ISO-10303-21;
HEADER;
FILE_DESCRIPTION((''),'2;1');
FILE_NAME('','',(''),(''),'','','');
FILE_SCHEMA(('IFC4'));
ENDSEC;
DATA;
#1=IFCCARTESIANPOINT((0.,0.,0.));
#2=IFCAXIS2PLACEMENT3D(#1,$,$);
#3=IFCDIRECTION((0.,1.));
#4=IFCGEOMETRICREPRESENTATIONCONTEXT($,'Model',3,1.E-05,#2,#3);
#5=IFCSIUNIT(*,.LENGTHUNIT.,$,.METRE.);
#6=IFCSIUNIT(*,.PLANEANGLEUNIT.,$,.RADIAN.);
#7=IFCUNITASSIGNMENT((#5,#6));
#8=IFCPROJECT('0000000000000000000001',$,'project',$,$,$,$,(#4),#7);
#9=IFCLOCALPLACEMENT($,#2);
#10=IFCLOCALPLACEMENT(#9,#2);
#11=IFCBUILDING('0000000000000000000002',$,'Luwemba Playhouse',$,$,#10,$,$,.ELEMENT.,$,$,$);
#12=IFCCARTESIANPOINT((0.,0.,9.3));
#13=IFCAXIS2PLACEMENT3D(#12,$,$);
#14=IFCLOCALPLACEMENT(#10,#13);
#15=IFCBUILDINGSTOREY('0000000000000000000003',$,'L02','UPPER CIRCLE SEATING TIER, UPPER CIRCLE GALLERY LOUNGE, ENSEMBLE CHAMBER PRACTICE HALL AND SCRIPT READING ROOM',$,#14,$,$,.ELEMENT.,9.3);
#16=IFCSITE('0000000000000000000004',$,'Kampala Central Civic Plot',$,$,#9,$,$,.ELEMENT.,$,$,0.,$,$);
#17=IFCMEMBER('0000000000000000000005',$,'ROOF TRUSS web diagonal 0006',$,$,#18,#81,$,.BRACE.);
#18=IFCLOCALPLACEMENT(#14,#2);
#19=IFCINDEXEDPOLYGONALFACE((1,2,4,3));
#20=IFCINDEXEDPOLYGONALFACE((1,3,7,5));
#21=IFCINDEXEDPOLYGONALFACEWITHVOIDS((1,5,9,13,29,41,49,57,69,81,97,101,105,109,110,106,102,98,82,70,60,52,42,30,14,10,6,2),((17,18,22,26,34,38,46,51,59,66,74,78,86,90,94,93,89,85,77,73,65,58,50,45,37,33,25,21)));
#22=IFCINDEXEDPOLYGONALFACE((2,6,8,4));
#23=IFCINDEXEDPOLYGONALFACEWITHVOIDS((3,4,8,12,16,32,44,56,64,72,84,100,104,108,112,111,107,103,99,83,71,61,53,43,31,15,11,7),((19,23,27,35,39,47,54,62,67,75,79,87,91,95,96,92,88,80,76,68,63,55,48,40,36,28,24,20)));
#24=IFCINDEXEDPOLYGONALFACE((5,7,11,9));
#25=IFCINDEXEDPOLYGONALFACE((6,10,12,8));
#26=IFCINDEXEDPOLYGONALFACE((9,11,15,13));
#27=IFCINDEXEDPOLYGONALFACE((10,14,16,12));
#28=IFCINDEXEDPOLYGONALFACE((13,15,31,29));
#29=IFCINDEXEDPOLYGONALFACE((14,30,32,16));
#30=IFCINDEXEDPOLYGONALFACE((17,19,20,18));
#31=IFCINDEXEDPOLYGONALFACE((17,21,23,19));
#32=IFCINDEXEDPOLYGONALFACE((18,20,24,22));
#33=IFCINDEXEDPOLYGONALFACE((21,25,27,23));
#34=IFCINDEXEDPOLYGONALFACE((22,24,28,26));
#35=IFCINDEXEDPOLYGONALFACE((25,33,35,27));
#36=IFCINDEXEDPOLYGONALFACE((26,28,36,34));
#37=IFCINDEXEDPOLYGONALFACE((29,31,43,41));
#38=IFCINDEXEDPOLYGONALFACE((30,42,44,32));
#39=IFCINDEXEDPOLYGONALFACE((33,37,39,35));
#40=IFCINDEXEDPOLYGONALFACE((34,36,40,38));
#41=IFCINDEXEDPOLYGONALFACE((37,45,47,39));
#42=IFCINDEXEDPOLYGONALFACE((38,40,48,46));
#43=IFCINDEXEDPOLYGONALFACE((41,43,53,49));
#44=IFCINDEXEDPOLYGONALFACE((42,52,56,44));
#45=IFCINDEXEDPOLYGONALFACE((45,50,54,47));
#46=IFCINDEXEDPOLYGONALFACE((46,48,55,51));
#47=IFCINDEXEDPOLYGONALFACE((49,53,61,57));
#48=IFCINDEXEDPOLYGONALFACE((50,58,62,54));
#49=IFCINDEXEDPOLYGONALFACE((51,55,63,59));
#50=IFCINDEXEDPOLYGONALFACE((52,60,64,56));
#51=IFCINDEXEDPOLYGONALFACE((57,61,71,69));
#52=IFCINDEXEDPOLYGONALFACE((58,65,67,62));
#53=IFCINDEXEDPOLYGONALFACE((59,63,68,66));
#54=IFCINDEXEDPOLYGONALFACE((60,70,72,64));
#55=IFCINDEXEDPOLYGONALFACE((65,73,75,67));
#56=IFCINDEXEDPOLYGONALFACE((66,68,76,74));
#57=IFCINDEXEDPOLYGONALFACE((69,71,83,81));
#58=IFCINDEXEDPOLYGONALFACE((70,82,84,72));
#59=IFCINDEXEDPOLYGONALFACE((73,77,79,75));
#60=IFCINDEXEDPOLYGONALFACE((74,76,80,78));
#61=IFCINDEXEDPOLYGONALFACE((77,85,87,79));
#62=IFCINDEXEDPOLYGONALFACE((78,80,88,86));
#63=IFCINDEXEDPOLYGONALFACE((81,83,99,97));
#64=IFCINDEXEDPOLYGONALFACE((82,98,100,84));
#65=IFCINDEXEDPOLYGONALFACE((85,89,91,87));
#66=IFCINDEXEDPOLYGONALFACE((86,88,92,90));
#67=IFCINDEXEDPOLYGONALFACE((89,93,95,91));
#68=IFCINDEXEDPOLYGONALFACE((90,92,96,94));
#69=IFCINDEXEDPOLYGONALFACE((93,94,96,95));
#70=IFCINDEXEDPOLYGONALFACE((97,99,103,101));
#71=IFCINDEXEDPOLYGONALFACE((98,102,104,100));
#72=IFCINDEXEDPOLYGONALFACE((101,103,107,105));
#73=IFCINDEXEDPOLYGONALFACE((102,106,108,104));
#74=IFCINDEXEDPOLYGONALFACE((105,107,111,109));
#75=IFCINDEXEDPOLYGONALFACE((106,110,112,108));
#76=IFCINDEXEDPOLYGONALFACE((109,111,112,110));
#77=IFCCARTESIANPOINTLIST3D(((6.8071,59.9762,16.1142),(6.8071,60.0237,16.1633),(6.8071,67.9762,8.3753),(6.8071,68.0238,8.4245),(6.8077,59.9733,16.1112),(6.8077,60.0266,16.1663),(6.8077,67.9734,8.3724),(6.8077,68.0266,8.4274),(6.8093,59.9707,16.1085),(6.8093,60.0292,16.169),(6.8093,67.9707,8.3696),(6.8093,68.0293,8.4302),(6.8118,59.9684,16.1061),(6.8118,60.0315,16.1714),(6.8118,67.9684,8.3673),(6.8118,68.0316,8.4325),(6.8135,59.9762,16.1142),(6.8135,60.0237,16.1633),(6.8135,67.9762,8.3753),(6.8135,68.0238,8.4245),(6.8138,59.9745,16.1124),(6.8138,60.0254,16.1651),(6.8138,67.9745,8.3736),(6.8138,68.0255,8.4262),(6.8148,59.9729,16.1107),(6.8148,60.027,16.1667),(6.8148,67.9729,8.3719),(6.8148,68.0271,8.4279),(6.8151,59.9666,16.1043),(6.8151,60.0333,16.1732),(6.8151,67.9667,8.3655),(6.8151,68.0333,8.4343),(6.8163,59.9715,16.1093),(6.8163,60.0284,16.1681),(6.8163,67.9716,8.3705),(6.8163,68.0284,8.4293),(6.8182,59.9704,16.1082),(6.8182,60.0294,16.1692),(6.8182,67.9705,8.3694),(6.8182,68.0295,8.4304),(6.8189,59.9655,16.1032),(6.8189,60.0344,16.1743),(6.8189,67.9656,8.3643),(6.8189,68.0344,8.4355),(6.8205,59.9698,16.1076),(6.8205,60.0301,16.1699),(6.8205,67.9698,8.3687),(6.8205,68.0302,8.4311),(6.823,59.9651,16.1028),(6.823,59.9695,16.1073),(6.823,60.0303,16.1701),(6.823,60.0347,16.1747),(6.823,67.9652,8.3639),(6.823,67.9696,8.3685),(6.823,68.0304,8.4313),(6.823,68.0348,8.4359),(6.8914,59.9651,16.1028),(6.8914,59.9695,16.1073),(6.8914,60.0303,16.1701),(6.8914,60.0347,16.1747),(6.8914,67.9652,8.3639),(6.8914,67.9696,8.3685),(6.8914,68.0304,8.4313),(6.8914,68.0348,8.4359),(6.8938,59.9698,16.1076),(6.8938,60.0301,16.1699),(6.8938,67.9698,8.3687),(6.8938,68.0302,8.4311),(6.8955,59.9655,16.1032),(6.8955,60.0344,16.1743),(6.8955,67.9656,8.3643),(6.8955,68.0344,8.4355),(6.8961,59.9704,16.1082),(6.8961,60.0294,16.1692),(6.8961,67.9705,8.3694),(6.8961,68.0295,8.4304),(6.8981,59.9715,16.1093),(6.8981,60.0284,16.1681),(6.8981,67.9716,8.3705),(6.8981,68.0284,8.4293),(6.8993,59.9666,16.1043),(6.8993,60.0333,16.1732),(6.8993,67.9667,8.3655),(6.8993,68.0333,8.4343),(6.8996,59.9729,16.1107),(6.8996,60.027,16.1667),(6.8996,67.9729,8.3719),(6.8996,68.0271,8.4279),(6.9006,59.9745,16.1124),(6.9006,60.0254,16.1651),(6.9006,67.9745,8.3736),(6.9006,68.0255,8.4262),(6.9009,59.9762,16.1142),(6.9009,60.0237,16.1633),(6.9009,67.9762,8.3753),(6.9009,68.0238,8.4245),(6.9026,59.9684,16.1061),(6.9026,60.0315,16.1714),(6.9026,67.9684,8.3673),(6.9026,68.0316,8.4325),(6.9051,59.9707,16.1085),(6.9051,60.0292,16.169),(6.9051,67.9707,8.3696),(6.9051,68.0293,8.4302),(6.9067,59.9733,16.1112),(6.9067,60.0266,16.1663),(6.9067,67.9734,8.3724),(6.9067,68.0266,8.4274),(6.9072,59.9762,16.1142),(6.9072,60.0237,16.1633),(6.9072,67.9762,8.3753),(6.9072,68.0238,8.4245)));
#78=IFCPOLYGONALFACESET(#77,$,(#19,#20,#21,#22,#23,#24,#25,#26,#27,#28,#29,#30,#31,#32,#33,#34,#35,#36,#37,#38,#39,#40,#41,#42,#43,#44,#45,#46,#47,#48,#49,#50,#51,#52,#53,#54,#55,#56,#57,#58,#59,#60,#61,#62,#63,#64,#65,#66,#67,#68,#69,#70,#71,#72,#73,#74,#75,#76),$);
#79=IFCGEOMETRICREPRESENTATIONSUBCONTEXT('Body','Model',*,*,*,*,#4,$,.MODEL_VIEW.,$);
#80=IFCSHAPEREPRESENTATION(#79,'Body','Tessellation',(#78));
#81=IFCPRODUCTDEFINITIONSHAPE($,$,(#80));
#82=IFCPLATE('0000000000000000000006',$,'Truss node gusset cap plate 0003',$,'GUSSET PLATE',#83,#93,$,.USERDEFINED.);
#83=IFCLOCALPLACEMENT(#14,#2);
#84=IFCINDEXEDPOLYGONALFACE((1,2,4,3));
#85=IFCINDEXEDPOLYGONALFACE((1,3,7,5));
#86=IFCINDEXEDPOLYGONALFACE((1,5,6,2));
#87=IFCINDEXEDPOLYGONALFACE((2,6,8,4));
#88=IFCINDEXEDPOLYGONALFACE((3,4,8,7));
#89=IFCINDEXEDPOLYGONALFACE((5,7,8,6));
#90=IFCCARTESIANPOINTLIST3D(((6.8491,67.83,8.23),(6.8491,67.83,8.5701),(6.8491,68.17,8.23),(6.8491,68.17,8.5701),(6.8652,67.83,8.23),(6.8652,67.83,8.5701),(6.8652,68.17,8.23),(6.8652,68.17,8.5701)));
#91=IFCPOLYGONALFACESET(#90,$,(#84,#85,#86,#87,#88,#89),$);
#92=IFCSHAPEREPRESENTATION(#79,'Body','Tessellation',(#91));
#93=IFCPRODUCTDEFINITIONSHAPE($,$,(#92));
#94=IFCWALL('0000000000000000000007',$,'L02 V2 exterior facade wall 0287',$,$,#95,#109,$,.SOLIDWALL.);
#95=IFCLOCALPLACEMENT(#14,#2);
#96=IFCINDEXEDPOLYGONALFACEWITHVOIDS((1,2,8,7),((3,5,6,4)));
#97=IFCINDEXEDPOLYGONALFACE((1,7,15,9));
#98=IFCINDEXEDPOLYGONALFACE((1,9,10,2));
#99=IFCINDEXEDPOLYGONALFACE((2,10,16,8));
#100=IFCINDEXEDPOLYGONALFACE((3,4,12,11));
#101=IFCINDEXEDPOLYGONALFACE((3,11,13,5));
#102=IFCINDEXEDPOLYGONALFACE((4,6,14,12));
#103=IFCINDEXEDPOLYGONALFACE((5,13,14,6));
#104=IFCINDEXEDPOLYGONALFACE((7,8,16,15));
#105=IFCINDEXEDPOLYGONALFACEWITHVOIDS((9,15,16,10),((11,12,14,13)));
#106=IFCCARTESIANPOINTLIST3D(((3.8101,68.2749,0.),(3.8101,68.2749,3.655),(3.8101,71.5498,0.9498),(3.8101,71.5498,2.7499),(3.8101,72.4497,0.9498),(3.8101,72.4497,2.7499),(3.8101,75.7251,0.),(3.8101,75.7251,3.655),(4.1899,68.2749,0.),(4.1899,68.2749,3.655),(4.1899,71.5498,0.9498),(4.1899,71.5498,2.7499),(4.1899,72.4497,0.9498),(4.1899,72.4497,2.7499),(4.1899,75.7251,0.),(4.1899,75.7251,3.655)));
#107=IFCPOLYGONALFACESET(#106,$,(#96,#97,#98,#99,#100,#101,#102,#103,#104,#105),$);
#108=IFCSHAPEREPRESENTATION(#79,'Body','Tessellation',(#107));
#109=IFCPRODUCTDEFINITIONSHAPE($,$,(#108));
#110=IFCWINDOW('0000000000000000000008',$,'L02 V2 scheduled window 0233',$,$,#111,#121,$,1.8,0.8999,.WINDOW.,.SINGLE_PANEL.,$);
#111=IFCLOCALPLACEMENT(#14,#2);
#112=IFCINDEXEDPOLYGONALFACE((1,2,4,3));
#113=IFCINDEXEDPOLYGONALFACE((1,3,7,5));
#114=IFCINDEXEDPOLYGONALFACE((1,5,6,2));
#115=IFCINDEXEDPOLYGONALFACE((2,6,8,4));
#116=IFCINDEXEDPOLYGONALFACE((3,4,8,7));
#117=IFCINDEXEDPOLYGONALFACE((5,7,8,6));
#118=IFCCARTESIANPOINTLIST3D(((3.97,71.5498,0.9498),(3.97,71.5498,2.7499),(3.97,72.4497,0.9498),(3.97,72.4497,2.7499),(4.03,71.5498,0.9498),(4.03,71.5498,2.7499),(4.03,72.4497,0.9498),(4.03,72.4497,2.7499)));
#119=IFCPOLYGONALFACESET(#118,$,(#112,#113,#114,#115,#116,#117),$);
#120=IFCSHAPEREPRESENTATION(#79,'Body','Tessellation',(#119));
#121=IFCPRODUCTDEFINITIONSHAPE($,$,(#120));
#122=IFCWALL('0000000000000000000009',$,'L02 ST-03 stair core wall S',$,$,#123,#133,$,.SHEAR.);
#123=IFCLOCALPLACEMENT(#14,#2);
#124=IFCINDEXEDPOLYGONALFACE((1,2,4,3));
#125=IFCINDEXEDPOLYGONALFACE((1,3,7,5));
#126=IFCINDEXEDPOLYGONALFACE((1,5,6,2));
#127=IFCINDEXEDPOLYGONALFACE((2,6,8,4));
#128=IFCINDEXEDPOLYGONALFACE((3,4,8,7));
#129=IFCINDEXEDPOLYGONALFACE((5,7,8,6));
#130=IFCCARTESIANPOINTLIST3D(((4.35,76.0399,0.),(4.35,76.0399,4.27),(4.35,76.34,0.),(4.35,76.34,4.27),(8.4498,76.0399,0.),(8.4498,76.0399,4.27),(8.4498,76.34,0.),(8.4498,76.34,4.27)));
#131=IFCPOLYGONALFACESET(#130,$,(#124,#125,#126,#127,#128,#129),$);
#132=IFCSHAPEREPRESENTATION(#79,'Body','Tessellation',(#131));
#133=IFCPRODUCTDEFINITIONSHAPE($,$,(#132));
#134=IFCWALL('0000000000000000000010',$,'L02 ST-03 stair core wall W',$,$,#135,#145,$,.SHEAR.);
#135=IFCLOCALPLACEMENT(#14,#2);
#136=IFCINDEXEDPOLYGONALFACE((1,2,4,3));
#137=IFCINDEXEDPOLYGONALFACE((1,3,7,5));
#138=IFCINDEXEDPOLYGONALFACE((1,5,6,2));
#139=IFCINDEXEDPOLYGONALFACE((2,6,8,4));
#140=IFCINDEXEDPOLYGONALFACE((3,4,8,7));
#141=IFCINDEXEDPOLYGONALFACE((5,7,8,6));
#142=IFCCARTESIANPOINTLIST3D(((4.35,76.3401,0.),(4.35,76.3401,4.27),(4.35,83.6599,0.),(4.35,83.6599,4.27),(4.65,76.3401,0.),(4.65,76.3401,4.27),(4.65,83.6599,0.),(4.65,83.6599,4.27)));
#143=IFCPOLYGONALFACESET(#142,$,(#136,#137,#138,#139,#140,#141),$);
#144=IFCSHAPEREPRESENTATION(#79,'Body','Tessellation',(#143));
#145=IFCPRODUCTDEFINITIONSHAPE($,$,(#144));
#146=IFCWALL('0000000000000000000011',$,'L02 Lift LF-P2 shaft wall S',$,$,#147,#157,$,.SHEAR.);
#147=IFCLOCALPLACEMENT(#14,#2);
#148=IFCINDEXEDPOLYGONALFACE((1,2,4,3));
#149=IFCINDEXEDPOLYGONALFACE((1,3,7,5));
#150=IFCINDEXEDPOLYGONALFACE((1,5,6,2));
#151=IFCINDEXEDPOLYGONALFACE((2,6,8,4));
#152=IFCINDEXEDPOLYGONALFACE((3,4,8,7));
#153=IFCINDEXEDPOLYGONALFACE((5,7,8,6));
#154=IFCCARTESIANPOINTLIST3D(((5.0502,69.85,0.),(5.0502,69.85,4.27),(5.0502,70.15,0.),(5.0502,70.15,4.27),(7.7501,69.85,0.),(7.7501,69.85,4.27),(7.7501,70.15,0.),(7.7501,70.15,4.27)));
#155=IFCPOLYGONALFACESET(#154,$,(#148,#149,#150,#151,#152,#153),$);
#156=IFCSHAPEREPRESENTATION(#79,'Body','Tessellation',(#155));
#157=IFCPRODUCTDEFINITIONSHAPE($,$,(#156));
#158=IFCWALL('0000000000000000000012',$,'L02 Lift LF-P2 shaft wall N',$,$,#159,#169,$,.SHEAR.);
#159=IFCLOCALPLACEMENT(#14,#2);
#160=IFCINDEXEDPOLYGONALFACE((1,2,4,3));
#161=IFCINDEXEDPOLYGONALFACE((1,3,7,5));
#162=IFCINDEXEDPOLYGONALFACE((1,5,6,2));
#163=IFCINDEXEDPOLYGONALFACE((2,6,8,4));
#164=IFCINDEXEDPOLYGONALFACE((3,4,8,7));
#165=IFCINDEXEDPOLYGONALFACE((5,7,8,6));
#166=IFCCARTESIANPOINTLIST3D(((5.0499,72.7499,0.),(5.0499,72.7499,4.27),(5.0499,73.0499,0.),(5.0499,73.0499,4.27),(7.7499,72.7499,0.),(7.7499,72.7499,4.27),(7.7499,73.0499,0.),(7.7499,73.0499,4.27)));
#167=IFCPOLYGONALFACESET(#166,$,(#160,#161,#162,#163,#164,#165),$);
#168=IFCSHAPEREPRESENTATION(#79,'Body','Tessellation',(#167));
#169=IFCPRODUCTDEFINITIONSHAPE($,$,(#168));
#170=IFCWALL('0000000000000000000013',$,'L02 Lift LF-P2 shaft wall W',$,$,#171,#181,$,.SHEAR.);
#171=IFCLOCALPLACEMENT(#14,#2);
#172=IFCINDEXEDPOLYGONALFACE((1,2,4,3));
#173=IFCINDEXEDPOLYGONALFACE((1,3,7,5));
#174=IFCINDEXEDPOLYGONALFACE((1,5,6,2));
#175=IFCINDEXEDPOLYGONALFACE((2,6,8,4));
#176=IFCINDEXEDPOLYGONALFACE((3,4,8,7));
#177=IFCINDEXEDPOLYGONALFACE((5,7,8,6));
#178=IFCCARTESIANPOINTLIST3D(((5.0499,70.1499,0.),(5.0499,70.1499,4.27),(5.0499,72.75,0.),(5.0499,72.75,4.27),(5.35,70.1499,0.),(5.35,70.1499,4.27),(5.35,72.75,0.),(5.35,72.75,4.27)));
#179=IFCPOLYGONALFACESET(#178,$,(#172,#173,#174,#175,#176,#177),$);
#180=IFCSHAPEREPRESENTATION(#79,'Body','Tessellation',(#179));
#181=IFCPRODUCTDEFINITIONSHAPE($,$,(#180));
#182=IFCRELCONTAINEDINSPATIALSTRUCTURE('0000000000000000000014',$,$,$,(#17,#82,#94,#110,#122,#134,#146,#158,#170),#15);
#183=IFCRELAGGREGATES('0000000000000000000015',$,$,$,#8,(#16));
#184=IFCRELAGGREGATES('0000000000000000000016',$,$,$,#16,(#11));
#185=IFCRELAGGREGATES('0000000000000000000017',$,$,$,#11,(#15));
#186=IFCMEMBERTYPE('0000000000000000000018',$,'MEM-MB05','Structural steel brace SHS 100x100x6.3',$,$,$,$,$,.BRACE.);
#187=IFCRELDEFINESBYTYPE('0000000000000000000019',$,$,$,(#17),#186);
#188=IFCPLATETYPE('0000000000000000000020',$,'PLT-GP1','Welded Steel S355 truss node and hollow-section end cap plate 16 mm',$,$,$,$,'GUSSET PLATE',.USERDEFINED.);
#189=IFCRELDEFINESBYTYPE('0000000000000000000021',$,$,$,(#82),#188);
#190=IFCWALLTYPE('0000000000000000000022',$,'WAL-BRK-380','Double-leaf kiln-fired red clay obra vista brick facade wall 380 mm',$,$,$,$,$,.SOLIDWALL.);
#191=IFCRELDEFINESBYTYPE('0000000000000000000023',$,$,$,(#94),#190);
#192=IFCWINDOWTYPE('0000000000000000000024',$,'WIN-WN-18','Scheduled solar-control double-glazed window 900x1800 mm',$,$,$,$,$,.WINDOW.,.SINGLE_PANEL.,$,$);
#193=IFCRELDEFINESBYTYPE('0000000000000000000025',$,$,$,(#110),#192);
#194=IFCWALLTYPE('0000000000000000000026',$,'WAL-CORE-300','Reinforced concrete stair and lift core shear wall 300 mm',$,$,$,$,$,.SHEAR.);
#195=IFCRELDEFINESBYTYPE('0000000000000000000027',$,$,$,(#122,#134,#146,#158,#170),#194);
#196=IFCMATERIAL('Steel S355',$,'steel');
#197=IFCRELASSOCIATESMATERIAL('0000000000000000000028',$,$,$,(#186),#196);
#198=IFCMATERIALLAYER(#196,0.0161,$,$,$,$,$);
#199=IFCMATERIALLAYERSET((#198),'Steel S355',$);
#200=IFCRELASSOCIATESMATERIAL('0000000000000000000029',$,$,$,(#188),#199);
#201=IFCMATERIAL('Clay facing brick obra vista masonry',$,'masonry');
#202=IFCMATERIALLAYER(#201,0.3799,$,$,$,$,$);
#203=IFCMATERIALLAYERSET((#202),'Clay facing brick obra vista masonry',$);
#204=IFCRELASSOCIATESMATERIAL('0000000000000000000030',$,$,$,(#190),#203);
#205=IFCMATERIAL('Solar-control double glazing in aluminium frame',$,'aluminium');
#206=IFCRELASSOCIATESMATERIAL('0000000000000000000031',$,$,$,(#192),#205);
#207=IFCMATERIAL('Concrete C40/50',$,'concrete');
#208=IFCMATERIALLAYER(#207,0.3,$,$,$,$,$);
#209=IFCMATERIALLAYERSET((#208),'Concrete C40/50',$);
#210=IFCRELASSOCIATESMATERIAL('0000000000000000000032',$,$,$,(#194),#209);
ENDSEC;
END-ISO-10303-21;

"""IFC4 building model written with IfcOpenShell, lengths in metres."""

from ifc_helpers import new_model, si_unit, direction, frame, frame_2d, origin, origin_2d, place, context, subcontext, project, spatial, rectangle, hollow_rectangle, extrude, material, layer, layer_set, material_profile, profile_set, type_object, element, fill, save


model = new_model("IFC4")

# Units and contexts
model_context = context("Model", 3, precision=1e-05, world=origin(), true_north=direction((0.0, 1.0)))
body_context = subcontext(model_context, "Body", "Model", "MODEL_VIEW")
ifc_project = project(units=[si_unit("LENGTHUNIT", "METRE"), si_unit("PLANEANGLEUNIT", "RADIAN")], contexts=[model_context])

# Site, building, storey
site_placement = place(None, origin())
site = spatial("IfcSite", under=ifc_project, at=site_placement, Name="Kampala Central Civic Plot", CompositionType="ELEMENT", RefElevation=0.0)
building_placement = place(site_placement, origin())
building = spatial("IfcBuilding", under=site, at=building_placement, Name="Luwemba Playhouse", CompositionType="ELEMENT")
storey_placement = place(building_placement, frame((0.0, 0.0, 9.3)))
storey = spatial("IfcBuildingStorey", under=building, at=storey_placement, Name="L02", Description="UPPER CIRCLE SEATING TIER, UPPER CIRCLE GALLERY LOUNGE, ENSEMBLE CHAMBER PRACTICE HALL AND SCRIPT READING ROOM", CompositionType="ELEMENT", Elevation=9.3)

# Shared definitions
ifc_material_1 = material(Name="Concrete C40/50", Category="concrete")
ifc_material_2 = material(Name="Steel S355", Category="steel")

# Member
ifc_material_profile_1 = material_profile(ifc_material_2, hollow_rectangle(XDim=0.1001, YDim=0.1001, WallThickness=0.0063, InnerFilletRadius=0.0095, OuterFilletRadius=0.0159, at=origin_2d()))
ifc_profile_set_1 = profile_set([ifc_material_profile_1], Name="Steel S355")
member_type = type_object("IfcMemberType", Name="MEM-MB05", Description="Structural steel brace SHS 100x100x6.3", PredefinedType="BRACE", material=ifc_profile_set_1)
member_placement = place(storey_placement, frame((6.8572, 68.0, 8.3999), z_axis=(0.0, -0.718744, 0.695275), x_axis=(1.0, 0.0, 0.0)))
element("IfcMember", 1, at=member_placement, inside=storey, type_object=member_type, Name="ROOF TRUSS web diagonal 0006", PredefinedType="BRACE", context=body_context, shape_type="SweptSolid", body=[
    extrude(hollow_rectangle(XDim=0.1001, YDim=0.1001, WallThickness=0.0063, InnerFilletRadius=0.0095, OuterFilletRadius=0.0159, at=origin_2d()), origin(), (0.0, 0.0, 1.0), 11.1306),
])

# Plate
ifc_layer_1 = layer(ifc_material_2, 0.0161)
ifc_layer_set_1 = layer_set([ifc_layer_1], Name="Steel S355")
plate_type = type_object("IfcPlateType", Name="PLT-GP1", Description="Welded Steel S355 truss node and hollow-section end cap plate 16 mm", ElementType="GUSSET PLATE", PredefinedType="USERDEFINED", material=ifc_layer_set_1)
plate_placement = place(storey_placement, frame((6.8572, 68.0, 8.23), z_axis=(0.0, 0.0, 1.0), x_axis=(1.0, 0.0, 0.0)))
element("IfcPlate", 2, at=plate_placement, inside=storey, type_object=plate_type, Name="Truss node gusset cap plate 0003", ObjectType="GUSSET PLATE", PredefinedType="USERDEFINED", context=body_context, shape_type="SweptSolid", body=[
    extrude(rectangle(XDim=0.0161, YDim=0.3401, at=origin_2d()), origin(), (0.0, 0.0, 1.0), 0.3401),
])

# Wall, opening, window
ifc_material_3 = material(Name="Clay facing brick obra vista masonry", Category="masonry")
ifc_layer_2 = layer(ifc_material_3, 0.3799)
ifc_layer_set_2 = layer_set([ifc_layer_2], Name="Clay facing brick obra vista masonry")
wall_type_1 = type_object("IfcWallType", Name="WAL-BRK-380", Description="Double-leaf kiln-fired red clay obra vista brick facade wall 380 mm", PredefinedType="SOLIDWALL", material=ifc_layer_set_2)
wall_1_placement = place(storey_placement, frame((4.0, 68.2749, 0.0), z_axis=(0.0, 0.0, 1.0), x_axis=(0.0, 1.0, 0.0)))
wall_1 = element("IfcWall", 3, at=wall_1_placement, inside=storey, type_object=wall_type_1, Name="L02 V2 exterior facade wall 0287", PredefinedType="SOLIDWALL", context=body_context, shape_type="SweptSolid", body=[
    extrude(rectangle(XDim=7.4502, YDim=0.3799, at=frame_2d((3.7251, 0.0))), origin(), (0.0, 0.0, 1.0), 3.655),
])
opening_1_placement = place(wall_1_placement, frame((3.2749, 0.0, 0.95)))
opening_1 = element("IfcOpeningElement", 4, at=opening_1_placement, cuts=wall_1, PredefinedType="OPENING", context=body_context, shape_type="SweptSolid", body=[
    extrude(rectangle(XDim=0.8999, YDim=1.8, at=frame_2d((0.45, 0.8999))), frame((0.0, 0.2, 0.0), z_axis=(0.0, -1.0, 0.0), x_axis=(1.0, 0.0, 0.0)), (0.0, 0.0, 1.0), 0.3999),
])
ifc_material_4 = material(Name="Solar-control double glazing in aluminium frame", Category="aluminium")
window_type_1 = type_object("IfcWindowType", Name="WIN-WN-18", Description="Scheduled solar-control double-glazed window 900x1800 mm", PartitioningType="SINGLE_PANEL", PredefinedType="WINDOW", material=ifc_material_4)
window_1_placement = place(opening_1_placement, origin())
window_1 = element("IfcWindow", 5, at=window_1_placement, inside=storey, type_object=window_type_1, Name="L02 V2 scheduled window 0233", OverallHeight=1.8, OverallWidth=0.8999, PartitioningType="SINGLE_PANEL", PredefinedType="WINDOW", context=body_context, shape_type="SweptSolid", body=[
    extrude(rectangle(XDim=0.8999, YDim=1.8, at=frame_2d((0.45, 0.8999))), frame((0.0, 0.03, 0.0), z_axis=(0.0, -1.0, 0.0), x_axis=(1.0, 0.0, 0.0)), (0.0, 0.0, 1.0), 0.0601),
])
fill(opening_1, window_1)

# Walls
ifc_layer_3 = layer(ifc_material_1, 0.3)
ifc_layer_set_3 = layer_set([ifc_layer_3], Name="Concrete C40/50")
wall_type_2 = type_object("IfcWallType", Name="WAL-CORE-300", Description="Reinforced concrete stair and lift core shear wall 300 mm", PredefinedType="SHEAR", material=ifc_layer_set_3)
wall_2_placement = place(storey_placement, frame((4.3501, 76.1899, 0.0), z_axis=(0.0, 0.0, 1.0), x_axis=(1.0, 0.0, 0.0)))
element("IfcWall", 6, at=wall_2_placement, inside=storey, type_object=wall_type_2, Name="L02 ST-03 stair core wall S", PredefinedType="SHEAR", context=body_context, shape_type="SweptSolid", body=[
    extrude(rectangle(XDim=4.0999, YDim=0.3, at=frame_2d((2.0498, 0.0))), origin(), (0.0, 0.0, 1.0), 4.27),
])
wall_3_placement = place(storey_placement, frame((4.5, 76.3401, 0.0), z_axis=(0.0, 0.0, 1.0), x_axis=(0.0, 1.0, 0.0)))
element("IfcWall", 7, at=wall_3_placement, inside=storey, type_object=wall_type_2, Name="L02 ST-03 stair core wall W", PredefinedType="SHEAR", context=body_context, shape_type="SweptSolid", body=[
    extrude(rectangle(XDim=7.3198, YDim=0.3, at=frame_2d((3.6599, 0.0))), origin(), (0.0, 0.0, 1.0), 4.27),
])
for number, where, z_axis, x_axis, name in (
    (8, (5.05, 70.0, 0.0), (0.0, 0.0, 1.0), (1.0, 0.0, 0.0), "L02 Lift LF-P2 shaft wall S"),
    (9, (7.75, 72.8999, 0.0), (0.0, 0.0, 1.0), (-1.0, 0.0, 0.0), "L02 Lift LF-P2 shaft wall N"),
):
    element("IfcWall", number, at=place(storey_placement, frame(where, z_axis=z_axis, x_axis=x_axis)), inside=storey, type_object=wall_type_2, Name=name, PredefinedType="SHEAR", context=body_context, shape_type="SweptSolid", body=[
        extrude(rectangle(XDim=2.7, YDim=0.3, at=frame_2d((1.3501, 0.0))), origin(), (0.0, 0.0, 1.0), 4.27),
    ])
wall_4_placement = place(storey_placement, frame((5.2, 70.1499, 0.0), z_axis=(0.0, 0.0, 1.0), x_axis=(0.0, 1.0, 0.0)))
element("IfcWall", 10, at=wall_4_placement, inside=storey, type_object=wall_type_2, Name="L02 Lift LF-P2 shaft wall W", PredefinedType="SHEAR", context=body_context, shape_type="SweptSolid", body=[
    extrude(rectangle(XDim=2.6001, YDim=0.3, at=frame_2d((1.3, 0.0))), origin(), (0.0, 0.0, 1.0), 4.27),
])

save(model, "model.ifc")
